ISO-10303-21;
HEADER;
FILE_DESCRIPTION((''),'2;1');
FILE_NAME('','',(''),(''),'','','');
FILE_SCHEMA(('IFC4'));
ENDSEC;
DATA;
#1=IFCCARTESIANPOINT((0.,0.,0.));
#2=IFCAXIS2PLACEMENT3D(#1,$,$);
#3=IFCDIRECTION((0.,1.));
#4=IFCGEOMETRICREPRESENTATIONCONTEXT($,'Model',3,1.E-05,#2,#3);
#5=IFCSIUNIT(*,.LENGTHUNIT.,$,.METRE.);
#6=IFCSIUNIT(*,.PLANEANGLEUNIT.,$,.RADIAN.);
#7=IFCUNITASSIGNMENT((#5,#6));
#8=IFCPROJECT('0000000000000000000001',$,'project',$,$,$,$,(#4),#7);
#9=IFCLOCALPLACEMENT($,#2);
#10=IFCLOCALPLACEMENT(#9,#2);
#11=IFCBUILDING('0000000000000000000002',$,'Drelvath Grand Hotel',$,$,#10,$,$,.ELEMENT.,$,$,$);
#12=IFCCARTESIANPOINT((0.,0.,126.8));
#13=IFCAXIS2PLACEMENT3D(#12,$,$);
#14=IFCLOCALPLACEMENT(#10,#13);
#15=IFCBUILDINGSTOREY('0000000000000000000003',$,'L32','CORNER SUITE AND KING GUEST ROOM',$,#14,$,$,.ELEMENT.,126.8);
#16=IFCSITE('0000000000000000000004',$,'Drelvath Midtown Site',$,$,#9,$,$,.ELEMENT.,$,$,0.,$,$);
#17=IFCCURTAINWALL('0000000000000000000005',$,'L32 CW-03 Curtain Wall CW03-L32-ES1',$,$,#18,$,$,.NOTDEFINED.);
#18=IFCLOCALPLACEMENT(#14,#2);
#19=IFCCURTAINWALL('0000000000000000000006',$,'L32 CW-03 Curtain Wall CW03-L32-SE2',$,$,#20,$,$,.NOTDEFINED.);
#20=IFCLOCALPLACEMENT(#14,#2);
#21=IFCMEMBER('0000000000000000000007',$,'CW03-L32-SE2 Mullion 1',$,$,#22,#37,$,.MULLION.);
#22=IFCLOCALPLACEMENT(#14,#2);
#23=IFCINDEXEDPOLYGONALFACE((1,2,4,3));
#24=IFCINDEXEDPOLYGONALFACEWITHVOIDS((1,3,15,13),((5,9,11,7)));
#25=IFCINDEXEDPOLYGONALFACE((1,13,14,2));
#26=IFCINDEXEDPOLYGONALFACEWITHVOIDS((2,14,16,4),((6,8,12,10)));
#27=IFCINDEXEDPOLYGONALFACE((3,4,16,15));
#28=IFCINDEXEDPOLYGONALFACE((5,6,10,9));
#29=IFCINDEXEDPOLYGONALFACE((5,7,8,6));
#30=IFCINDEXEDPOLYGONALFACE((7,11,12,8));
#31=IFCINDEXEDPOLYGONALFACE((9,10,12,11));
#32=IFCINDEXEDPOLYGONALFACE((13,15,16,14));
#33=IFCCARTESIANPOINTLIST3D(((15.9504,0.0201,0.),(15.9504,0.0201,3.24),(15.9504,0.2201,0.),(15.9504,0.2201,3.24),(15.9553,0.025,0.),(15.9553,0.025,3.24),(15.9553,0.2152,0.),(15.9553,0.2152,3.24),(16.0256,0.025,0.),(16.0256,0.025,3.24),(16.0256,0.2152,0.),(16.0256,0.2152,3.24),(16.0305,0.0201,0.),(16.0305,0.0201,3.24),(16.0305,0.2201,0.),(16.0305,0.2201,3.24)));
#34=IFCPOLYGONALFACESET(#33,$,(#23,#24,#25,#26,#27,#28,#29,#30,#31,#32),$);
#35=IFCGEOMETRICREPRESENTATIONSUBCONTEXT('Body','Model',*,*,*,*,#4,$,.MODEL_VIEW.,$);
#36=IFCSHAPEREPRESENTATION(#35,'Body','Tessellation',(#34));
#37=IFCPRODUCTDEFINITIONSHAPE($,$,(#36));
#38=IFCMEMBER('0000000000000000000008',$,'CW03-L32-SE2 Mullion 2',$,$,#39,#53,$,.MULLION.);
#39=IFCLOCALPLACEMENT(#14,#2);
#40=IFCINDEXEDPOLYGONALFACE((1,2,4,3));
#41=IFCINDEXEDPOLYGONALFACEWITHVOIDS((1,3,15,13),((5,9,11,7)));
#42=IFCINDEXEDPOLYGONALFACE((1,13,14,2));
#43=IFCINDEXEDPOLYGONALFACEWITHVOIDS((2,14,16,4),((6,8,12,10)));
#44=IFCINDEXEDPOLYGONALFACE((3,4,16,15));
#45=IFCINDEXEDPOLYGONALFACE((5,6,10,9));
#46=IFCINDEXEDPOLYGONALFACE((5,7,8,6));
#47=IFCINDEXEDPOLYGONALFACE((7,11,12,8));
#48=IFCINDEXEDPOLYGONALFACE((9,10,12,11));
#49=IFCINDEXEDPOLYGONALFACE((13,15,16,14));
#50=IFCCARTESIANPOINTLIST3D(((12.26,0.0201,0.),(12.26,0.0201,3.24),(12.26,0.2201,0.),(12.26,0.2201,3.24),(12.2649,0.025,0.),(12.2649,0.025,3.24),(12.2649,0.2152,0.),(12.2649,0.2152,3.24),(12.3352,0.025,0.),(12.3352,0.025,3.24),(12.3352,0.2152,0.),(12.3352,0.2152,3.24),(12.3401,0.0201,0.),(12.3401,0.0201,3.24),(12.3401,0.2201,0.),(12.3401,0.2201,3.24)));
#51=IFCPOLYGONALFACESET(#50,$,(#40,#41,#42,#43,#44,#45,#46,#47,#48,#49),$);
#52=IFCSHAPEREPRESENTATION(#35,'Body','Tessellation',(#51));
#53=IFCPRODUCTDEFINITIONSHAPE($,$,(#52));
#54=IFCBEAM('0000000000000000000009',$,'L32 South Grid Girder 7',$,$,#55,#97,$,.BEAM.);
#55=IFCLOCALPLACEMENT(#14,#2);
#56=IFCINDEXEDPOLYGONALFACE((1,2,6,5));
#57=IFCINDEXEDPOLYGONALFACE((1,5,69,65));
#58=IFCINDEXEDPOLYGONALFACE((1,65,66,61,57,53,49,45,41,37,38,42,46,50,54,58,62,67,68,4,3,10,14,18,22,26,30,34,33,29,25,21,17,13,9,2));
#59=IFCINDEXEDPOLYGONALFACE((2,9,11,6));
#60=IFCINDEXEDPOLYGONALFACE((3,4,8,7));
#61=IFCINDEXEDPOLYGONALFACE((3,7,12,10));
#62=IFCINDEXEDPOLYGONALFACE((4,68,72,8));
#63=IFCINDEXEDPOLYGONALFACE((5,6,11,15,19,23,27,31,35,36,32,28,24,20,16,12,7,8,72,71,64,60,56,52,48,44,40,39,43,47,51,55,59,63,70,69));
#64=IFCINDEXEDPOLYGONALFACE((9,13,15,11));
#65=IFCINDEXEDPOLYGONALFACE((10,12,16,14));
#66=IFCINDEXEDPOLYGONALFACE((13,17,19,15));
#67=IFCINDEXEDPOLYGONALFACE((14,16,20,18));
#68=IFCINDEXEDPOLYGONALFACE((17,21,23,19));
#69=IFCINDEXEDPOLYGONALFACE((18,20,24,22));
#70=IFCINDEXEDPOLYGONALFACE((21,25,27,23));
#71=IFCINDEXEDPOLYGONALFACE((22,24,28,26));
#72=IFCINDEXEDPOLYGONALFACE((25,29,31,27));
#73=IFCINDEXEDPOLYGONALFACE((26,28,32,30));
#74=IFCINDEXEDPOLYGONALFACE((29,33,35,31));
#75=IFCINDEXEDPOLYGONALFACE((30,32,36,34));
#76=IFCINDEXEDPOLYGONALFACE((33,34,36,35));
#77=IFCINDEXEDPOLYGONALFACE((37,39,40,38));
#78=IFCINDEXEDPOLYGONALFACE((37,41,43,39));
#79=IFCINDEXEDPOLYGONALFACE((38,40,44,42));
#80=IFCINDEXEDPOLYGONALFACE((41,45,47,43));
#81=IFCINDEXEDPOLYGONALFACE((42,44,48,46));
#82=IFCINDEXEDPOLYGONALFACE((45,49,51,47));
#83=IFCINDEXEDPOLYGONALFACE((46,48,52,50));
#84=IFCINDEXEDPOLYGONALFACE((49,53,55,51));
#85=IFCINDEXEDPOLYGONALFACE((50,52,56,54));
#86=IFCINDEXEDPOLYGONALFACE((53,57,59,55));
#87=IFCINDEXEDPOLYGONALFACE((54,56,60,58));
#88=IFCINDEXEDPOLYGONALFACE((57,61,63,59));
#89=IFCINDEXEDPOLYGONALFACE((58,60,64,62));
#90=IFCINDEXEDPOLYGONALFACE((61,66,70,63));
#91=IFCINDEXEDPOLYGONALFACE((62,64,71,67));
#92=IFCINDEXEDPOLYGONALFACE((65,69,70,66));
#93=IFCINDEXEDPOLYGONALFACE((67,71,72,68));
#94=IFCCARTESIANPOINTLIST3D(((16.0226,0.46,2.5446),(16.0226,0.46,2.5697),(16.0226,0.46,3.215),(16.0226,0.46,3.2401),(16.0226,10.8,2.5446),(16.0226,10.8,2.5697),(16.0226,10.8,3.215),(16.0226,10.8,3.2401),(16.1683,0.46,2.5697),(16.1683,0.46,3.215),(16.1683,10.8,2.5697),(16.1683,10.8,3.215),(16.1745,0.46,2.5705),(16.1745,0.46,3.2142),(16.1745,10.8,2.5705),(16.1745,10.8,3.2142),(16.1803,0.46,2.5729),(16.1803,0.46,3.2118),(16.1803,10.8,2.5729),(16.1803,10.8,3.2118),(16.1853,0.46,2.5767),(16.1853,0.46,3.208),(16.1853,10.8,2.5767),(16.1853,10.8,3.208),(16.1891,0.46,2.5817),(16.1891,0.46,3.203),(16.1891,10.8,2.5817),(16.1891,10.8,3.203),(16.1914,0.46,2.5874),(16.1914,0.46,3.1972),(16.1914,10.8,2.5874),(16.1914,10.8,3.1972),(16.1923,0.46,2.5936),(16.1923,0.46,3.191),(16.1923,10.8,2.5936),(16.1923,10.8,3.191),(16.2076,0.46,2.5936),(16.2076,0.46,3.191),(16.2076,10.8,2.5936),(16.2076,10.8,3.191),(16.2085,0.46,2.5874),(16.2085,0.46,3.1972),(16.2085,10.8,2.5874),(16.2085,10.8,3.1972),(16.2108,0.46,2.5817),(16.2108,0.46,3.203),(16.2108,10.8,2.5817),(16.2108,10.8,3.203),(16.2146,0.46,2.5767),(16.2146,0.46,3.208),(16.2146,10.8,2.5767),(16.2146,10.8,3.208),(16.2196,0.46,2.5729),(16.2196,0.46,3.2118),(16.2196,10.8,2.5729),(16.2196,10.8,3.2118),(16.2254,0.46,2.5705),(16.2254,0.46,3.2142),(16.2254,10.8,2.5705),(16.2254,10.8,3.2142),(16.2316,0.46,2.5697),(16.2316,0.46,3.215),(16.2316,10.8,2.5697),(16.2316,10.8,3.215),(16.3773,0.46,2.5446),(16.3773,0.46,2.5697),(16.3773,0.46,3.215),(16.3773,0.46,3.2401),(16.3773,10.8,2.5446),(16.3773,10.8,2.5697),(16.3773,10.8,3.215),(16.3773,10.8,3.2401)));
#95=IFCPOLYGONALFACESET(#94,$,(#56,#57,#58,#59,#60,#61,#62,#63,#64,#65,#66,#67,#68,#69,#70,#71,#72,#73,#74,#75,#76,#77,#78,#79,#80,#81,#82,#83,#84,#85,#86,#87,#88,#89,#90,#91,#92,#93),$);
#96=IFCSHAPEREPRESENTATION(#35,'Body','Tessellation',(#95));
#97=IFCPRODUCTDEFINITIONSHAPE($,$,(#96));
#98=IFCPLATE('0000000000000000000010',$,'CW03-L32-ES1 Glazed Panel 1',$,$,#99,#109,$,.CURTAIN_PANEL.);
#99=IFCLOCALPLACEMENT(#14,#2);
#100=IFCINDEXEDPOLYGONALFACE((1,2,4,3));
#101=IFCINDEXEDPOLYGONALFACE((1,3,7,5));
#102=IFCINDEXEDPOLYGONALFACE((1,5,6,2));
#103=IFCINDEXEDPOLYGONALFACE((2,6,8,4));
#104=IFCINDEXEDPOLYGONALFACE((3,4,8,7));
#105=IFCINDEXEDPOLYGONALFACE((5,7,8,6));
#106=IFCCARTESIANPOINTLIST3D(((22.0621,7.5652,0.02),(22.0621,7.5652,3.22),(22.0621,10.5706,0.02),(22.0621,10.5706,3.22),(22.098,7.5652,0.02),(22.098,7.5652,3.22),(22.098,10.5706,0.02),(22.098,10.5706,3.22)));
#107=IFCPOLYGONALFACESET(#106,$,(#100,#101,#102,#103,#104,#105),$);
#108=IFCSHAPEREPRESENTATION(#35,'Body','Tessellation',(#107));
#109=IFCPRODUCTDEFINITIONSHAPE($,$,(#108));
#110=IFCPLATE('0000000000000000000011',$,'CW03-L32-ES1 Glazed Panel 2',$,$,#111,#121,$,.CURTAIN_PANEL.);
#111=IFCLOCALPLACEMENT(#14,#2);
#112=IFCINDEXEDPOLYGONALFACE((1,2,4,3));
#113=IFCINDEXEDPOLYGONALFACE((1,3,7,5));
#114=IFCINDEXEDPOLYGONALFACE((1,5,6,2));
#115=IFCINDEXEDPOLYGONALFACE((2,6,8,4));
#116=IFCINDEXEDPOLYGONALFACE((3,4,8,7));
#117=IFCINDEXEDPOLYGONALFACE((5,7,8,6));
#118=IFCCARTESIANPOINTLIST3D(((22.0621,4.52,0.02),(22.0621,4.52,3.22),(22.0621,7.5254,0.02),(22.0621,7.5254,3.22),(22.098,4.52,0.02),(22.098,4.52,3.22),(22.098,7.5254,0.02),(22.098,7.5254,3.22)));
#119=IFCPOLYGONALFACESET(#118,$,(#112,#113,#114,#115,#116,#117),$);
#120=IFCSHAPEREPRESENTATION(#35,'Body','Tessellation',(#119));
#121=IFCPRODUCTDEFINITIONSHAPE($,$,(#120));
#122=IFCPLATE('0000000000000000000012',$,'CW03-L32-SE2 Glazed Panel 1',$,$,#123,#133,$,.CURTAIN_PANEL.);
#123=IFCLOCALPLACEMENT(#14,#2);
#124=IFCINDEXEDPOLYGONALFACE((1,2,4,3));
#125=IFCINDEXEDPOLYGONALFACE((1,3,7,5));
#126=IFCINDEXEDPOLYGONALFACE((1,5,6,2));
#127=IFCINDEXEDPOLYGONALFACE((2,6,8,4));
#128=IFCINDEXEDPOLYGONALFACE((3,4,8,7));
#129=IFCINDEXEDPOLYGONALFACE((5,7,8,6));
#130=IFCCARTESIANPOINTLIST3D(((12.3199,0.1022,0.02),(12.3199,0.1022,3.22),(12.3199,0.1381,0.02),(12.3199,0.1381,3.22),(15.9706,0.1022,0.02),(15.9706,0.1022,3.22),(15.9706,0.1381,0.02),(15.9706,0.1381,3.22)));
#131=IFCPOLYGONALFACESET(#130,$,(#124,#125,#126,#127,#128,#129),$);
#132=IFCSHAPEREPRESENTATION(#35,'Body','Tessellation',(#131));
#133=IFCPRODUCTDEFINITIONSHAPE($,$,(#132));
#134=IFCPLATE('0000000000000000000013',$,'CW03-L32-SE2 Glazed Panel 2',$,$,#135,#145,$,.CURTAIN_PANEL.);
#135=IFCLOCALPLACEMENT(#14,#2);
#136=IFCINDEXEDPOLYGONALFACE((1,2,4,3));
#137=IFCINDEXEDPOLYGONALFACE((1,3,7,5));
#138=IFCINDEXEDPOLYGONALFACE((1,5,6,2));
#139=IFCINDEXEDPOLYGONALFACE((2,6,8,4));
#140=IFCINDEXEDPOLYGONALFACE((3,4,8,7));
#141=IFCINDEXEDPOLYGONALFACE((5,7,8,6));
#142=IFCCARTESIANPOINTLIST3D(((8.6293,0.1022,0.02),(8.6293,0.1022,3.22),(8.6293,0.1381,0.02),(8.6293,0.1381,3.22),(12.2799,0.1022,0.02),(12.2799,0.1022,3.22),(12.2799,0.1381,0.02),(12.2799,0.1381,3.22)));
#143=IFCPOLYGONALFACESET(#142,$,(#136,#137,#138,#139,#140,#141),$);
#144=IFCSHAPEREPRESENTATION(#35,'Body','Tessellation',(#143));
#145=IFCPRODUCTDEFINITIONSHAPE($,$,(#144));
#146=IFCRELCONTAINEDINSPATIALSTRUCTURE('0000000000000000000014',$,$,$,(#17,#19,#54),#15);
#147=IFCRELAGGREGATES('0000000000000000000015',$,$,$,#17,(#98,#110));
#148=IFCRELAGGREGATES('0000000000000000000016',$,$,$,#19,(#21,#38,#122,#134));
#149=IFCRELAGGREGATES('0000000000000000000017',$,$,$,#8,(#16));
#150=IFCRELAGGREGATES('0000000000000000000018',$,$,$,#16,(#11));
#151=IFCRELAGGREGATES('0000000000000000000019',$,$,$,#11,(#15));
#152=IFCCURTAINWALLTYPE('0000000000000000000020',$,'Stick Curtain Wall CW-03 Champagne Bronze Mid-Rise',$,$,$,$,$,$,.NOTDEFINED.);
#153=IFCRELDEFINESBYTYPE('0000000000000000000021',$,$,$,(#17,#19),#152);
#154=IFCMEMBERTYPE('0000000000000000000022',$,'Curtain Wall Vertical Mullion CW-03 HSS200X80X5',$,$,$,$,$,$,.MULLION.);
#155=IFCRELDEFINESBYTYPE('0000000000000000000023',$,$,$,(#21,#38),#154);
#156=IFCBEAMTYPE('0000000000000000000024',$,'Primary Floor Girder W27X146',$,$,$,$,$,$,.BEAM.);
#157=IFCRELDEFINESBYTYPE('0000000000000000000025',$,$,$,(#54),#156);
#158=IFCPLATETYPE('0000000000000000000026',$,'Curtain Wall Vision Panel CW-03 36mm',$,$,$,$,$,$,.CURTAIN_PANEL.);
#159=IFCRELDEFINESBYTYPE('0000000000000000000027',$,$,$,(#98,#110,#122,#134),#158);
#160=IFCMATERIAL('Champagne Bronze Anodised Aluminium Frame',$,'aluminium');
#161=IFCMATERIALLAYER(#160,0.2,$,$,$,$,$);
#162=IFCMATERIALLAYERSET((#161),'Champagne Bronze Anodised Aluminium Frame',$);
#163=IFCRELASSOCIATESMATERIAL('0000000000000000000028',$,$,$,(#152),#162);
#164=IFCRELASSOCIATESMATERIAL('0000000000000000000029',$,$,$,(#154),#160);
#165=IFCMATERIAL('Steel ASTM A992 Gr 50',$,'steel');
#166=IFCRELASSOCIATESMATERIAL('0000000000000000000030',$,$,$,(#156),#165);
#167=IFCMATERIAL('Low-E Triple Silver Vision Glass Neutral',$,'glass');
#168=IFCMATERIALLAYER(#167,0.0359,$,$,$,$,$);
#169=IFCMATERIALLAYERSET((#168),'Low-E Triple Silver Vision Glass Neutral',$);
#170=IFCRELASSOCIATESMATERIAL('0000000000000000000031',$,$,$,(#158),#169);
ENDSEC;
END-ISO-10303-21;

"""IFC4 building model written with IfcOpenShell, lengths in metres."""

from ifc_helpers import new_model, si_unit, direction, frame, origin, origin_2d, place, context, subcontext, project, spatial, rectangle, hollow_rectangle, i_section, extrude, material, layer, layer_set, material_profile, profile_set, type_object, element, aggregate, save


model = new_model("IFC4")

# Units and contexts
model_context = context("Model", 3, precision=1e-05, world=origin(), true_north=direction((0.0, 1.0)))
body_context = subcontext(model_context, "Body", "Model", "MODEL_VIEW")
ifc_project = project(units=[si_unit("LENGTHUNIT", "METRE"), si_unit("PLANEANGLEUNIT", "RADIAN")], contexts=[model_context])

# Site, building, storey
site_placement = place(None, origin())
site = spatial("IfcSite", under=ifc_project, at=site_placement, Name="Drelvath Midtown Site", CompositionType="ELEMENT", RefElevation=0.0)
building_placement = place(site_placement, origin())
building = spatial("IfcBuilding", under=site, at=building_placement, Name="Drelvath Grand Hotel", CompositionType="ELEMENT")
storey_placement = place(building_placement, frame((0.0, 0.0, 126.8)))
storey = spatial("IfcBuildingStorey", under=building, at=storey_placement, Name="L32", Description="CORNER SUITE AND KING GUEST ROOM", CompositionType="ELEMENT", Elevation=126.8)

# Shared definitions
ifc_material_1 = material(Name="Steel ASTM A992 Gr 50", Category="steel")

# Curtain walls
ifc_material_2 = material(Name="Champagne Bronze Anodised Aluminium Frame", Category="aluminium")
ifc_layer_1 = layer(ifc_material_2, 0.2)
ifc_layer_set_1 = layer_set([ifc_layer_1], Name="Champagne Bronze Anodised Aluminium Frame")
curtain_wall_type = type_object("IfcCurtainWallType", Name="Stick Curtain Wall CW-03 Champagne Bronze Mid-Rise", PredefinedType="NOTDEFINED", material=ifc_layer_set_1)
curtain_wall_1_placement = place(storey_placement, origin())
curtain_wall_1 = element("IfcCurtainWall", 1, at=curtain_wall_1_placement, inside=storey, type_object=curtain_wall_type, Name="L32 CW-03 Curtain Wall CW03-L32-ES1", PredefinedType="NOTDEFINED")
curtain_wall_2_placement = place(storey_placement, origin())
curtain_wall_2 = element("IfcCurtainWall", 2, at=curtain_wall_2_placement, inside=storey, type_object=curtain_wall_type, Name="L32 CW-03 Curtain Wall CW03-L32-SE2", PredefinedType="NOTDEFINED")

# Members
ifc_material_profile_1 = material_profile(ifc_material_2, hollow_rectangle(XDim=0.0801, YDim=0.2, WallThickness=0.0049, at=origin_2d()), Name="HSS200X80X5")
ifc_profile_set_1 = profile_set([ifc_material_profile_1], Name="Champagne Bronze Anodised Aluminium Frame")
member_type_1 = type_object("IfcMemberType", Name="Curtain Wall Vertical Mullion CW-03 HSS200X80X5", PredefinedType="MULLION", material=ifc_profile_set_1)
member_1_placement = place(storey_placement, frame((15.9905, 0.1201, 0.0), z_axis=(0.0, 0.0, 1.0), x_axis=(1.0, 0.0, 0.0)))
member_1 = element("IfcMember", 3, at=member_1_placement, type_object=member_type_1, Name="CW03-L32-SE2 Mullion 1", PredefinedType="MULLION", context=body_context, shape_type="SweptSolid", body=[
    extrude(hollow_rectangle(XDim=0.0801, YDim=0.2, WallThickness=0.0049, at=origin_2d()), origin(), (0.0, 0.0, 1.0), 3.24),
])
member_2_placement = place(storey_placement, frame((12.3, 0.1201, 0.0), z_axis=(0.0, 0.0, 1.0), x_axis=(1.0, 0.0, 0.0)))
member_2 = element("IfcMember", 4, at=member_2_placement, type_object=member_type_1, Name="CW03-L32-SE2 Mullion 2", PredefinedType="MULLION", context=body_context, shape_type="SweptSolid", body=[
    extrude(hollow_rectangle(XDim=0.0801, YDim=0.2, WallThickness=0.0049, at=origin_2d()), origin(), (0.0, 0.0, 1.0), 3.24),
])

# Beam
ifc_material_profile_2 = material_profile(ifc_material_1, i_section(OverallWidth=0.3547, OverallDepth=0.6956, WebThickness=0.0154, FlangeThickness=0.0251, FilletRadius=0.0239, at=origin_2d()), Name="W27X146")
ifc_profile_set_2 = profile_set([ifc_material_profile_2], Name="Steel ASTM A992 Gr 50")
beam_type_1 = type_object("IfcBeamType", Name="Primary Floor Girder W27X146", PredefinedType="BEAM", material=ifc_profile_set_2)
beam_1_placement = place(storey_placement, frame((16.2, 0.46, 2.8923), z_axis=(0.0, 1.0, 0.0), x_axis=(-1.0, 0.0, 0.0)))
element("IfcBeam", 5, at=beam_1_placement, inside=storey, type_object=beam_type_1, Name="L32 South Grid Girder 7", PredefinedType="BEAM", context=body_context, shape_type="SweptSolid", body=[
    extrude(i_section(OverallWidth=0.3547, OverallDepth=0.6956, WebThickness=0.0154, FlangeThickness=0.0251, FilletRadius=0.0239, at=origin_2d()), origin(), (0.0, 0.0, 1.0), 10.3401),
])

# Plates
ifc_material_3 = material(Name="Low-E Triple Silver Vision Glass Neutral", Category="glass")
ifc_layer_2 = layer(ifc_material_3, 0.0359)
ifc_layer_set_2 = layer_set([ifc_layer_2], Name="Low-E Triple Silver Vision Glass Neutral")
plate_type = type_object("IfcPlateType", Name="Curtain Wall Vision Panel CW-03 36mm", PredefinedType="CURTAIN_PANEL", material=ifc_layer_set_2)
plate_1_placement = place(storey_placement, frame((22.0801, 9.0679, 0.02), z_axis=(0.0, 0.0, 1.0), x_axis=(0.0, -1.0, 0.0)))
plate_1 = element("IfcPlate", 6, at=plate_1_placement, type_object=plate_type, Name="CW03-L32-ES1 Glazed Panel 1", PredefinedType="CURTAIN_PANEL", context=body_context, shape_type="SweptSolid", body=[
    extrude(rectangle(XDim=3.0054, YDim=0.0359, at=origin_2d()), origin(), (0.0, 0.0, 1.0), 3.2),
])
plate_2_placement = place(storey_placement, frame((22.0801, 6.0227, 0.02), z_axis=(0.0, 0.0, 1.0), x_axis=(0.0, -1.0, 0.0)))
plate_2 = element("IfcPlate", 7, at=plate_2_placement, type_object=plate_type, Name="CW03-L32-ES1 Glazed Panel 2", PredefinedType="CURTAIN_PANEL", context=body_context, shape_type="SweptSolid", body=[
    extrude(rectangle(XDim=3.0054, YDim=0.0359, at=origin_2d()), origin(), (0.0, 0.0, 1.0), 3.2),
])
aggregate(curtain_wall_1, [plate_1, plate_2])
plate_3_placement = place(storey_placement, frame((14.1453, 0.1201, 0.02), z_axis=(0.0, 0.0, 1.0), x_axis=(-1.0, 0.0, 0.0)))
plate_3 = element("IfcPlate", 8, at=plate_3_placement, type_object=plate_type, Name="CW03-L32-SE2 Glazed Panel 1", PredefinedType="CURTAIN_PANEL", context=body_context, shape_type="SweptSolid", body=[
    extrude(rectangle(XDim=3.6506, YDim=0.0359, at=origin_2d()), origin(), (0.0, 0.0, 1.0), 3.2),
])
plate_4_placement = place(storey_placement, frame((10.4546, 0.1201, 0.02), z_axis=(0.0, 0.0, 1.0), x_axis=(-1.0, 0.0, 0.0)))
plate_4 = element("IfcPlate", 9, at=plate_4_placement, type_object=plate_type, Name="CW03-L32-SE2 Glazed Panel 2", PredefinedType="CURTAIN_PANEL", context=body_context, shape_type="SweptSolid", body=[
    extrude(rectangle(XDim=3.6506, YDim=0.0359, at=origin_2d()), origin(), (0.0, 0.0, 1.0), 3.2),
])
aggregate(curtain_wall_2, [member_1, member_2, plate_3, plate_4])

save(model, "model.ifc")
